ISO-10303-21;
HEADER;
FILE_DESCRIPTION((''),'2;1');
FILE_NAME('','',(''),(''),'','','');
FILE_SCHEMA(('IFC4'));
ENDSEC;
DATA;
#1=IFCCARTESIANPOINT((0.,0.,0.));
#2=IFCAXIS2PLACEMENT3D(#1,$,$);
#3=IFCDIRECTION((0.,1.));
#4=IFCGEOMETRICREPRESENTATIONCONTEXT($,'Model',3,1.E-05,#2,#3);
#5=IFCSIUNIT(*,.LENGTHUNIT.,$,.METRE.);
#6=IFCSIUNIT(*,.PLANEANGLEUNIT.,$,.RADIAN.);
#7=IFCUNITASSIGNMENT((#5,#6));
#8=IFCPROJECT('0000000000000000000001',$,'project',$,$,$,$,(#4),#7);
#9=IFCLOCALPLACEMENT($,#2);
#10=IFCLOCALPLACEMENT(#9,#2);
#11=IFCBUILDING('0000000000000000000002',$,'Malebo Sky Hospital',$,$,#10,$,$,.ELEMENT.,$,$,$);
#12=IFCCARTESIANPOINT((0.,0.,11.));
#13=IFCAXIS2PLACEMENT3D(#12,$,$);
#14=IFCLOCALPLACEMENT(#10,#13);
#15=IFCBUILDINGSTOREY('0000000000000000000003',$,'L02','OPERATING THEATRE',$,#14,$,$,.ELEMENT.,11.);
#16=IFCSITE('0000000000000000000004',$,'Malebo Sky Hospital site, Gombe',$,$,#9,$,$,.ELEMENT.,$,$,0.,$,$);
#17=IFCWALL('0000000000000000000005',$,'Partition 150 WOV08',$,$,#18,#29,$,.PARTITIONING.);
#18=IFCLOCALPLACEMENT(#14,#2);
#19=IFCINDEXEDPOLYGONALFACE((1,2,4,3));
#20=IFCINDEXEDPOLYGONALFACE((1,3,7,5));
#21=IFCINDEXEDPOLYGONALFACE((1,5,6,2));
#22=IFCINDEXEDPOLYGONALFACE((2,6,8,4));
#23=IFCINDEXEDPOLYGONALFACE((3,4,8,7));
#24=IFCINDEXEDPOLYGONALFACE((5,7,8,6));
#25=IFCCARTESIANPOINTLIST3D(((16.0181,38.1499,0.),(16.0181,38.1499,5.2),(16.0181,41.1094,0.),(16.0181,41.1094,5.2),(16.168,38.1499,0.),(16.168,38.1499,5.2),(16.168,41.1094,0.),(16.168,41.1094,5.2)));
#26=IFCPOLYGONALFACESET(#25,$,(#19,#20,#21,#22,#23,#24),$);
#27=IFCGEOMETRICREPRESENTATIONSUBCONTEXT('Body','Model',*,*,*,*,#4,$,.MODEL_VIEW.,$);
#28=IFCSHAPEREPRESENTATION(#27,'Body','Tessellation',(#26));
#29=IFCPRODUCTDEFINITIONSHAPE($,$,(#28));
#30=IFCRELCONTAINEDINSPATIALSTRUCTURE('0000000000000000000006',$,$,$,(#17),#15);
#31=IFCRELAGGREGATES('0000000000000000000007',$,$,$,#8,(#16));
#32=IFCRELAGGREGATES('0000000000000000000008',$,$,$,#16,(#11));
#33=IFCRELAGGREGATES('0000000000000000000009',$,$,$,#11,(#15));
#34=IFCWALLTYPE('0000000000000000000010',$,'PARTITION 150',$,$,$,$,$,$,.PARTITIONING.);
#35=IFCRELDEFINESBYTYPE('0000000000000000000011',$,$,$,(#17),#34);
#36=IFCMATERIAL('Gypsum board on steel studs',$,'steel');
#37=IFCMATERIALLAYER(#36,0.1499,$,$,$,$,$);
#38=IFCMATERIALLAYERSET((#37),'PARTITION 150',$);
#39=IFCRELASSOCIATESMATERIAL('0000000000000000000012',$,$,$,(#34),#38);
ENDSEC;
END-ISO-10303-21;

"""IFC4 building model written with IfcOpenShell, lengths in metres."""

from ifc_helpers import new_model, si_unit, direction, frame, frame_2d, origin, place, context, subcontext, project, spatial, rectangle, extrude, material, layer, layer_set, type_object, element, save


model = new_model("IFC4")

# Units and contexts
model_context = context("Model", 3, precision=1e-05, world=origin(), true_north=direction((0.0, 1.0)))
body_context = subcontext(model_context, "Body", "Model", "MODEL_VIEW")
ifc_project = project(units=[si_unit("LENGTHUNIT", "METRE"), si_unit("PLANEANGLEUNIT", "RADIAN")], contexts=[model_context])

# Site, building, storey
site_placement = place(None, origin())
site = spatial("IfcSite", under=ifc_project, at=site_placement, Name="Malebo Sky Hospital site, Gombe", CompositionType="ELEMENT", RefElevation=0.0)
building_placement = place(site_placement, origin())
building = spatial("IfcBuilding", under=site, at=building_placement, Name="Malebo Sky Hospital", CompositionType="ELEMENT")
storey_placement = place(building_placement, frame((0.0, 0.0, 11.0)))
storey = spatial("IfcBuildingStorey", under=building, at=storey_placement, Name="L02", Description="OPERATING THEATRE", CompositionType="ELEMENT", Elevation=11.0)

# Shared definitions
ifc_material_1 = material(Name="Gypsum board on steel studs", Category="steel")

# Wall
ifc_layer_1 = layer(ifc_material_1, 0.1499)
ifc_layer_set_1 = layer_set([ifc_layer_1], Name="PARTITION 150")
wall_type_1 = type_object("IfcWallType", Name="PARTITION 150", PredefinedType="PARTITIONING", material=ifc_layer_set_1)
wall_1_placement = place(storey_placement, frame((16.093, 38.1499, 0.0), z_axis=(0.0, 0.0, 1.0), x_axis=(0.0, 1.0, 0.0)))
element("IfcWall", 1, at=wall_1_placement, inside=storey, type_object=wall_type_1, Name="Partition 150 WOV08", PredefinedType="PARTITIONING", context=body_context, shape_type="SweptSolid", body=[
    extrude(rectangle(XDim=2.9595, YDim=0.1499, at=frame_2d((1.4797, 0.0))), origin(), (0.0, 0.0, 1.0), 5.2),
])

save(model, "model.ifc")
